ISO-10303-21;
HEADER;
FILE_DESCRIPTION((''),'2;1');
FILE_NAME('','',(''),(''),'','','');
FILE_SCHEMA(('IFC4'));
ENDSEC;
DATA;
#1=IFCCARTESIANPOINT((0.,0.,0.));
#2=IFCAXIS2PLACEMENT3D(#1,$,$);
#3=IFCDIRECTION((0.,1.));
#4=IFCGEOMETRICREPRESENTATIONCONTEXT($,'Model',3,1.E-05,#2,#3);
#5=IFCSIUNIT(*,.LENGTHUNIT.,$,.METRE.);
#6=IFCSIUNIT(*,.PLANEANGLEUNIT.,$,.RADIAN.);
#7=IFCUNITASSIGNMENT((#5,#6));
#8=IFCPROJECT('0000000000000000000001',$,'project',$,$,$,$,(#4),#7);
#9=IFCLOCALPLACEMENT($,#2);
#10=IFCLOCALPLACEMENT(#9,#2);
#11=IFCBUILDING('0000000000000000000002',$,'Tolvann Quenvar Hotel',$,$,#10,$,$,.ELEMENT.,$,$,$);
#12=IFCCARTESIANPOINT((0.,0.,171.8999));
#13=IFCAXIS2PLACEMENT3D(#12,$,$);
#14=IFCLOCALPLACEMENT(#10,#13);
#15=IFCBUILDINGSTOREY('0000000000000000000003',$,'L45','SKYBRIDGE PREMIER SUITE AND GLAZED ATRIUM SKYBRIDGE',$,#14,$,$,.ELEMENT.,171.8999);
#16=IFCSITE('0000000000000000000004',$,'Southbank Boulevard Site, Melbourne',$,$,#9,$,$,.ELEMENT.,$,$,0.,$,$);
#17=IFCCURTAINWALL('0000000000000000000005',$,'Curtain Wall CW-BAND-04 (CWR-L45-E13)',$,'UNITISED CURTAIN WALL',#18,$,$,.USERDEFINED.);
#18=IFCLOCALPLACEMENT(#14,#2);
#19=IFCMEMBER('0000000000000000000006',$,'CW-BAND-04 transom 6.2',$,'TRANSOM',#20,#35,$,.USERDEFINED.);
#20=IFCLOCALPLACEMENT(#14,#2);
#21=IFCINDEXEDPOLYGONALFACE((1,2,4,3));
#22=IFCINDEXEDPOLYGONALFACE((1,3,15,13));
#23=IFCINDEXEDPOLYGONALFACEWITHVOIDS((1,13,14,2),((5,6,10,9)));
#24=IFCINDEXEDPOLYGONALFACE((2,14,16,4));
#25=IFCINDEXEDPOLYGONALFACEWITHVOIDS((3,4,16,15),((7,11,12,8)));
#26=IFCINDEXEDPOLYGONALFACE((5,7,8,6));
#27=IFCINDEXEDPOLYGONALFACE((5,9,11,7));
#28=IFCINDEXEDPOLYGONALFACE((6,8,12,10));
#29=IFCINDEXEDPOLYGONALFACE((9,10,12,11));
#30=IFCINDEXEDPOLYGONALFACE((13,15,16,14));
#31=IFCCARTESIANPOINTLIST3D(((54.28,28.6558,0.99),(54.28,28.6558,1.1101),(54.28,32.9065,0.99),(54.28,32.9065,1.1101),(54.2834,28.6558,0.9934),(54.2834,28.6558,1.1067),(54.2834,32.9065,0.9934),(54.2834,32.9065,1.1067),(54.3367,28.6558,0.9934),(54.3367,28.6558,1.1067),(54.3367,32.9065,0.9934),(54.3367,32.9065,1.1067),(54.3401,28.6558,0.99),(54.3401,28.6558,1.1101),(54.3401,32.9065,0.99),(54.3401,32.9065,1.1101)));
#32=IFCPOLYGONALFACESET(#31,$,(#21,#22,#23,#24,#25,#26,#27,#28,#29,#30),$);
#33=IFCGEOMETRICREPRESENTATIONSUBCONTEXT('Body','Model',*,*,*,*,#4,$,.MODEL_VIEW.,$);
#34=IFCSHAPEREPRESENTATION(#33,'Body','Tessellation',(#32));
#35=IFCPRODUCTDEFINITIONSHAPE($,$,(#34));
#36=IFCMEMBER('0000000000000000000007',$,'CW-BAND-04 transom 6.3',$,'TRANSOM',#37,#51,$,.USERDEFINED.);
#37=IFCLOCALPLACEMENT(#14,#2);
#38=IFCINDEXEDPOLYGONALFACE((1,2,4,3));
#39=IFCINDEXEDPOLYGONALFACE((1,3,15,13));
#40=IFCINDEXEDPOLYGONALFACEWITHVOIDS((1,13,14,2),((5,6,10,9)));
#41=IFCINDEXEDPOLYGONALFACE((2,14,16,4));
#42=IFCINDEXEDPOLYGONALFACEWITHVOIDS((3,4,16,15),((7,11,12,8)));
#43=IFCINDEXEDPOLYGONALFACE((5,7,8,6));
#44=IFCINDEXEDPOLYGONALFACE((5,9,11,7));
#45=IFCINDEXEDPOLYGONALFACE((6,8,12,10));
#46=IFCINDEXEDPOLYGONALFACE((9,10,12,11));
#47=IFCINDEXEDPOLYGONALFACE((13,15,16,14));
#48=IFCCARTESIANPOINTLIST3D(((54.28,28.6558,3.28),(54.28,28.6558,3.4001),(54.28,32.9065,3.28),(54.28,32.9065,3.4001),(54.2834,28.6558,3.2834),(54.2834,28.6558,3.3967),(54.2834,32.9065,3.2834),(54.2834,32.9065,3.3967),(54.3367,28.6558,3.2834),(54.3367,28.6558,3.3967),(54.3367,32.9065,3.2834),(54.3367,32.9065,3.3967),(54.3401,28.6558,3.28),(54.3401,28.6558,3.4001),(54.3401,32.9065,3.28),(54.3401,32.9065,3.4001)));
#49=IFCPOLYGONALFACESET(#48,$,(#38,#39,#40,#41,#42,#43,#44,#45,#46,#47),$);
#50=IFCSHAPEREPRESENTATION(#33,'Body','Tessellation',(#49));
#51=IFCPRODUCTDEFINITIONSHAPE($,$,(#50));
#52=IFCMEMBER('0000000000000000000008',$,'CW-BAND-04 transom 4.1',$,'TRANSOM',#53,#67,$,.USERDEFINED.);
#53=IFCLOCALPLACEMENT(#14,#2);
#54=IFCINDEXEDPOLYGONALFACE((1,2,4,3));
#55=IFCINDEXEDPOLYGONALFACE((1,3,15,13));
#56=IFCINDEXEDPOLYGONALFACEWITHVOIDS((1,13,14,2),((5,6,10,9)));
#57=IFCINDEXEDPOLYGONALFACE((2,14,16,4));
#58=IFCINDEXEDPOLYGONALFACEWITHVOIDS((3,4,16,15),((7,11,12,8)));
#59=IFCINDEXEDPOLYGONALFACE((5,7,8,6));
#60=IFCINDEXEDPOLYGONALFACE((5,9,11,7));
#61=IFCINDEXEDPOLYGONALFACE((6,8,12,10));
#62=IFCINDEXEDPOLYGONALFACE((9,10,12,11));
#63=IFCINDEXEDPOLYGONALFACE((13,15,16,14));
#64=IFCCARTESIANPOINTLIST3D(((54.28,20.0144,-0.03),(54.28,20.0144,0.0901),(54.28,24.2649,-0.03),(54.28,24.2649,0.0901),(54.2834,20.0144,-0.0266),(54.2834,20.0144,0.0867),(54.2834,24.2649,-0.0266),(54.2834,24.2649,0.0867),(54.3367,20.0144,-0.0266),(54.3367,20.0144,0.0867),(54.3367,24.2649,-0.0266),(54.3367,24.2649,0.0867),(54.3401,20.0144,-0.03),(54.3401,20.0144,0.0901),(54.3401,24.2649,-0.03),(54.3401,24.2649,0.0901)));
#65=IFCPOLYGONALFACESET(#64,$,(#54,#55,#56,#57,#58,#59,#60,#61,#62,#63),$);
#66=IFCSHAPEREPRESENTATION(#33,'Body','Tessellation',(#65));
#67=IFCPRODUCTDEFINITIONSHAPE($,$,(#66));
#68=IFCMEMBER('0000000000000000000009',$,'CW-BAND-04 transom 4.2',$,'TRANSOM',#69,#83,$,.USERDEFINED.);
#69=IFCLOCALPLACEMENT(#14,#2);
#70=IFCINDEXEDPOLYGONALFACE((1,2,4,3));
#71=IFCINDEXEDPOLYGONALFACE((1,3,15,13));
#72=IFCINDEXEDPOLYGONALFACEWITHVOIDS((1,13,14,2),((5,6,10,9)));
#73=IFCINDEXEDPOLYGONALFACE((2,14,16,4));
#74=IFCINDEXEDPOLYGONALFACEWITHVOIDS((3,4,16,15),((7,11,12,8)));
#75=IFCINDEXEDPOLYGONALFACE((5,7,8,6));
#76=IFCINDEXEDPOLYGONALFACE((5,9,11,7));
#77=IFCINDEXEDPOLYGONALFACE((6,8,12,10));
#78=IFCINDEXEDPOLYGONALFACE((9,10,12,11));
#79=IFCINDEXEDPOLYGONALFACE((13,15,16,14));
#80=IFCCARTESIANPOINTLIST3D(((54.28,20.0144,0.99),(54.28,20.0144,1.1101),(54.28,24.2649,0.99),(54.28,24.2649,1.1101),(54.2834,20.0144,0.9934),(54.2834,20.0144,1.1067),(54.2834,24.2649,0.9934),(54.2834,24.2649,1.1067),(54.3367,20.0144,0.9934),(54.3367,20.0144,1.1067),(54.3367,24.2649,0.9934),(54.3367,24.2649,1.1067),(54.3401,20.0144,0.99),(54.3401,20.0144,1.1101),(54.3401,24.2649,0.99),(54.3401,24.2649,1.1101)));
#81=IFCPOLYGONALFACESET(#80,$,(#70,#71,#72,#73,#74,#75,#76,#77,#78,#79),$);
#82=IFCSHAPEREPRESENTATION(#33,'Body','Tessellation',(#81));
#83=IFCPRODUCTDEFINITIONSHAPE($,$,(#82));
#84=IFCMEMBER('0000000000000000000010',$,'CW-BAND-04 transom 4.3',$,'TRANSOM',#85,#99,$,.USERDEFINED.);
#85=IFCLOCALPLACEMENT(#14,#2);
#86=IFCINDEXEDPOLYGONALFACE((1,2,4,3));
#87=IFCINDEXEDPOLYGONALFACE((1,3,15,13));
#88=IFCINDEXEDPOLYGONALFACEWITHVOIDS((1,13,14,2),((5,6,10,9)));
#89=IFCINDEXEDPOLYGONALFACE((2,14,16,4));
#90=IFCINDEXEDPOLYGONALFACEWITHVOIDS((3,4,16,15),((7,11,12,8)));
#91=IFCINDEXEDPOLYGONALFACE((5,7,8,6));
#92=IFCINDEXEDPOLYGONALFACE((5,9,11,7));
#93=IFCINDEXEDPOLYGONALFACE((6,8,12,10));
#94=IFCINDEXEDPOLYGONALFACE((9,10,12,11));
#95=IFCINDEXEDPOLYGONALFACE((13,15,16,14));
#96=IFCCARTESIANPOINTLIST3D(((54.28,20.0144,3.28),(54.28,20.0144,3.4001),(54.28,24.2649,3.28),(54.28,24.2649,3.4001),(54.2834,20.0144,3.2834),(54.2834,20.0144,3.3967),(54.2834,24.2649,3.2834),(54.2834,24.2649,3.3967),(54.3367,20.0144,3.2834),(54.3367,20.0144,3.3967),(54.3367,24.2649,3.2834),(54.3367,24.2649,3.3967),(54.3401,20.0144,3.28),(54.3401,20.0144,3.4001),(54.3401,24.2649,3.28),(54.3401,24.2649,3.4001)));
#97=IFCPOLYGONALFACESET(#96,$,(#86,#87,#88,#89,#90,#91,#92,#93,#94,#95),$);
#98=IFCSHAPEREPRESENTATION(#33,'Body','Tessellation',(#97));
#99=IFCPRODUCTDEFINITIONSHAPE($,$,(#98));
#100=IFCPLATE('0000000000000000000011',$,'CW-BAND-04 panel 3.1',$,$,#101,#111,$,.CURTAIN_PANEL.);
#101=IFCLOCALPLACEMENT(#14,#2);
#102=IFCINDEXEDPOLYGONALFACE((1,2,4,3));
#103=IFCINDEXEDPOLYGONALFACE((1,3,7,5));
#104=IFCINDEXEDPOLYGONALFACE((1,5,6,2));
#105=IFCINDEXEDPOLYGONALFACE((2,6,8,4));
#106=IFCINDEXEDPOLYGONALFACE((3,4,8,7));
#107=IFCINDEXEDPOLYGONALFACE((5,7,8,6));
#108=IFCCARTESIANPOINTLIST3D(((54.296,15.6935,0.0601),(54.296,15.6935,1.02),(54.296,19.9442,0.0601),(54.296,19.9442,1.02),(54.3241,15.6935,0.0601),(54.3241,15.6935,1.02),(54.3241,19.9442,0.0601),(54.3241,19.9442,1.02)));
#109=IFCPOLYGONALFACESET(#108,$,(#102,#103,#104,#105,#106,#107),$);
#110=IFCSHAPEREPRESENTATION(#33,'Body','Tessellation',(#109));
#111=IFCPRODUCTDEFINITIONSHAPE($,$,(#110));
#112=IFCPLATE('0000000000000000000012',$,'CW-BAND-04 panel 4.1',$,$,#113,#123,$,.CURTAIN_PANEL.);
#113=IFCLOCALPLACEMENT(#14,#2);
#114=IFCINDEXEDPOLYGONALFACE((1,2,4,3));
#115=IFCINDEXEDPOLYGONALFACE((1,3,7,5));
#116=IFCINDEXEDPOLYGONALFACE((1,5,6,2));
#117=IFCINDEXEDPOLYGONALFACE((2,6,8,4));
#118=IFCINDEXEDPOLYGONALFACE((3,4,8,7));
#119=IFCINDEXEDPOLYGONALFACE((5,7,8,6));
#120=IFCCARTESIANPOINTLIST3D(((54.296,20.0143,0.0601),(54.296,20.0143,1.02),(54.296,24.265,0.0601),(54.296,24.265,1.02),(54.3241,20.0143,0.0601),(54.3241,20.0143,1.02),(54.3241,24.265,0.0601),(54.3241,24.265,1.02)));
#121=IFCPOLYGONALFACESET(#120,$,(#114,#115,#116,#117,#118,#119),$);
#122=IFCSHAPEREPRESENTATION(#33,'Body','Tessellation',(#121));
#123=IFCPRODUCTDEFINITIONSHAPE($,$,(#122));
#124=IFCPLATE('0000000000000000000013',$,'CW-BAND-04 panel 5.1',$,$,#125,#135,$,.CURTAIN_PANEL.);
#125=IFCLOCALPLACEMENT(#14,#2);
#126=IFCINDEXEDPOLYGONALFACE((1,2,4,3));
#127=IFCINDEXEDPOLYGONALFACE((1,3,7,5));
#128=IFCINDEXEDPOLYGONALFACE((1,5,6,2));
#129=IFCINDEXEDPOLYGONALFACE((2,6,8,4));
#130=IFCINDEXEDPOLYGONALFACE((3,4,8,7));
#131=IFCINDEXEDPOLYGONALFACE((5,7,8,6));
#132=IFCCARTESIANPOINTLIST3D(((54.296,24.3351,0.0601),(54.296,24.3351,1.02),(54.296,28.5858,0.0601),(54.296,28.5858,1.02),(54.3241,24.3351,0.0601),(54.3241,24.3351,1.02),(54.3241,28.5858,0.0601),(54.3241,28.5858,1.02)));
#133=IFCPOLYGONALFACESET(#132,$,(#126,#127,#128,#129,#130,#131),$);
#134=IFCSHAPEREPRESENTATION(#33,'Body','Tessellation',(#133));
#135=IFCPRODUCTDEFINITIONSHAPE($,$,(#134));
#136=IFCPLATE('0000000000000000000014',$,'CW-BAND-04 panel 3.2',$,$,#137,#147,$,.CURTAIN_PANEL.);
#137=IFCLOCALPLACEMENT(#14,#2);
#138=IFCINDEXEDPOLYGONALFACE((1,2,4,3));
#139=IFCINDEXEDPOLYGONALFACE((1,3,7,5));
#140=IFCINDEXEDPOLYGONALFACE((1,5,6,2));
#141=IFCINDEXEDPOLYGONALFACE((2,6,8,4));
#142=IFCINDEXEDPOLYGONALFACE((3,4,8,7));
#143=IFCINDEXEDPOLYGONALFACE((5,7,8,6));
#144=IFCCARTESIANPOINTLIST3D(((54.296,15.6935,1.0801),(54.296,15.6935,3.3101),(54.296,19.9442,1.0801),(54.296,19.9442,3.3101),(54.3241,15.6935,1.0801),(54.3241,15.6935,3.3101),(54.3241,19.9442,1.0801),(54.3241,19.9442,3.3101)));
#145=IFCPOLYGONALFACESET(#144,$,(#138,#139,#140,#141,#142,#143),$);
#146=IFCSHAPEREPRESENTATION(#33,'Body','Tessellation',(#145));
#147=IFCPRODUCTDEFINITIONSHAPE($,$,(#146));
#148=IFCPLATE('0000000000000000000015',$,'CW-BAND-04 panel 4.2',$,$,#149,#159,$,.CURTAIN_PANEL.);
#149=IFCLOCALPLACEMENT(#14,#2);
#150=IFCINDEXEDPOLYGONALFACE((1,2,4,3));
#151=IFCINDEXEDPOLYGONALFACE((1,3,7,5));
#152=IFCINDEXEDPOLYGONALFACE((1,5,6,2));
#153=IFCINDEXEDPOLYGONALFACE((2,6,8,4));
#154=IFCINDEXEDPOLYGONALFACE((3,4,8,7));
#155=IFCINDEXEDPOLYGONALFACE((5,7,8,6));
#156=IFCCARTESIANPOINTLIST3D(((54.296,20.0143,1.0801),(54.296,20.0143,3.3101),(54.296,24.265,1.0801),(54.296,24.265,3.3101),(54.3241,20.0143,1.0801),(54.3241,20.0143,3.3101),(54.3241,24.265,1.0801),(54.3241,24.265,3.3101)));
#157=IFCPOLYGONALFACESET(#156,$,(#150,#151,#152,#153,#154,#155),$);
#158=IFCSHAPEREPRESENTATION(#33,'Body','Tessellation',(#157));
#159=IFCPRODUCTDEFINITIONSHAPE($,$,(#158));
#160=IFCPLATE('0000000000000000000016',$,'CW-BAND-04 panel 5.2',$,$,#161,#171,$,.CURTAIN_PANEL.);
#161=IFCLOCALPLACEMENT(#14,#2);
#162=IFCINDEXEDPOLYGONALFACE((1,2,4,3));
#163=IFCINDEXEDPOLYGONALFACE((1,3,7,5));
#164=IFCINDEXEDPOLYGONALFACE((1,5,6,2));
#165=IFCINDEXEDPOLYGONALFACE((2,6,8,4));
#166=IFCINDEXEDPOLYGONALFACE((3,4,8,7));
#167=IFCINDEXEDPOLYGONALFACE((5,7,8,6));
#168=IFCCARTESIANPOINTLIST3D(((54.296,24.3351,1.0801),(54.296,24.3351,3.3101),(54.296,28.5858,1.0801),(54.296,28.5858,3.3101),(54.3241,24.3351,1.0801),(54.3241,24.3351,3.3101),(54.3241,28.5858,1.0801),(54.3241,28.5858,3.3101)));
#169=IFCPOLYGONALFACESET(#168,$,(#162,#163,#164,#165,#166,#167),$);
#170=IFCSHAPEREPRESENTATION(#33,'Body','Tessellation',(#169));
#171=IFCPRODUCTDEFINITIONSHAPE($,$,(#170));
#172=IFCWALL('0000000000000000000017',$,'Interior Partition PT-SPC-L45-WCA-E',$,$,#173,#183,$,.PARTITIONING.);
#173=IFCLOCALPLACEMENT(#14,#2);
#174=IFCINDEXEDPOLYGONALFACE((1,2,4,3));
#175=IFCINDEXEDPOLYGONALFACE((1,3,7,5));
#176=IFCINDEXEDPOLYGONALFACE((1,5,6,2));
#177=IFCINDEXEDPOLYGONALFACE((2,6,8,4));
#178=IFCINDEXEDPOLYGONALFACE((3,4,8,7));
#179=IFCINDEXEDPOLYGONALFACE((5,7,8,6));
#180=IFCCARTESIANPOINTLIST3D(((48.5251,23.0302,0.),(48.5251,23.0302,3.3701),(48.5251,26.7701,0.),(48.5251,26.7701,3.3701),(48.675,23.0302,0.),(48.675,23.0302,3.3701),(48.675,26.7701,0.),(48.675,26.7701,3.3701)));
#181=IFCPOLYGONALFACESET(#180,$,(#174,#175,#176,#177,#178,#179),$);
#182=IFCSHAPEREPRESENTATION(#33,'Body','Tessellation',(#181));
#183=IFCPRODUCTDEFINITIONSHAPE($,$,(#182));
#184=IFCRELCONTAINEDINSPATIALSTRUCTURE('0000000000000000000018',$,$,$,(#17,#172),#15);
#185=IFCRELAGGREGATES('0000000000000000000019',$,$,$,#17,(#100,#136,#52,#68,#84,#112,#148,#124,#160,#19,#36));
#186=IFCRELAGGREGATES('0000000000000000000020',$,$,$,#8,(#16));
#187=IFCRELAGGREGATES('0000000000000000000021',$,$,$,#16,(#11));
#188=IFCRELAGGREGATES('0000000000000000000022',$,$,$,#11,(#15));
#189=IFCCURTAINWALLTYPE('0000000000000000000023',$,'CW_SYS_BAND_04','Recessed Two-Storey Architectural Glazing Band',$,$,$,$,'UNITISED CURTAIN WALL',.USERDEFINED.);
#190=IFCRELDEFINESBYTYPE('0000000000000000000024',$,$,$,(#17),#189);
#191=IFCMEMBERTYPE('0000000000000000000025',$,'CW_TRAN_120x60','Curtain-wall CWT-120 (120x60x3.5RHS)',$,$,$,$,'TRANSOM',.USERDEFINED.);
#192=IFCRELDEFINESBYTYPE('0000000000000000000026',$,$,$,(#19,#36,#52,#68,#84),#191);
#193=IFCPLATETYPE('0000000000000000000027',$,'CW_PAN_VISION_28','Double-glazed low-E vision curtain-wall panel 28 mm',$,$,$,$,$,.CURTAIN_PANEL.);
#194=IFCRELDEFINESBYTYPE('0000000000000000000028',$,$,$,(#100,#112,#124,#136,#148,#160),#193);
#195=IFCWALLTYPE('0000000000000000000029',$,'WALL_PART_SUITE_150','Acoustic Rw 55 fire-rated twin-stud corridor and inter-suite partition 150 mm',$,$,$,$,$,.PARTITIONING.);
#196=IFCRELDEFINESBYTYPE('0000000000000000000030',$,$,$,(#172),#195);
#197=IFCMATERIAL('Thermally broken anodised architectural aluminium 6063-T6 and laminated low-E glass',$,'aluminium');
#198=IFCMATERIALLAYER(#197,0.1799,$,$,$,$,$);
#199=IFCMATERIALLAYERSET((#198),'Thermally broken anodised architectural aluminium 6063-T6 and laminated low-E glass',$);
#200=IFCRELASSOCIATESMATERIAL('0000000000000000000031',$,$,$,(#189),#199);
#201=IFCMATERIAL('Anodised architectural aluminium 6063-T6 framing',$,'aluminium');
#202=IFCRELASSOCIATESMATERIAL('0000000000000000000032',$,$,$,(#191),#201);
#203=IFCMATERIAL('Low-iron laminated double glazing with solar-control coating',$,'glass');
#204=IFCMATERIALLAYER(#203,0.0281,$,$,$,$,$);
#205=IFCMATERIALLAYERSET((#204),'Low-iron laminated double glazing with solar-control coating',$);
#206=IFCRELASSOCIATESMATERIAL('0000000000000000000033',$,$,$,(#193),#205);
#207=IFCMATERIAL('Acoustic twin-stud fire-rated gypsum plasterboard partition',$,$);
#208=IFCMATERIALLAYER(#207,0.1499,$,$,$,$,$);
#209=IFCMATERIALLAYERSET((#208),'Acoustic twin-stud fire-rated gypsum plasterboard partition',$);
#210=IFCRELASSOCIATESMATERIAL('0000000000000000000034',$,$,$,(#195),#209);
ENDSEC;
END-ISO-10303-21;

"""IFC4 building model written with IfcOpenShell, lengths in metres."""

from ifc_helpers import new_model, si_unit, direction, frame, frame_2d, origin, origin_2d, place, context, subcontext, project, spatial, rectangle, hollow_rectangle, extrude, source, transform, mapped, material, layer, layer_set, material_profile, profile_set, type_object, type_shapes, element, aggregate, save


model = new_model("IFC4")

# Units and contexts
model_context = context("Model", 3, precision=1e-05, world=origin(), true_north=direction((0.0, 1.0)))
body_context = subcontext(model_context, "Body", "Model", "MODEL_VIEW")
ifc_project = project(units=[si_unit("LENGTHUNIT", "METRE"), si_unit("PLANEANGLEUNIT", "RADIAN")], contexts=[model_context])

# Site, building, storey
site_placement = place(None, origin())
site = spatial("IfcSite", under=ifc_project, at=site_placement, Name="Southbank Boulevard Site, Melbourne", CompositionType="ELEMENT", RefElevation=0.0)
building_placement = place(site_placement, origin())
building = spatial("IfcBuilding", under=site, at=building_placement, Name="Tolvann Quenvar Hotel", CompositionType="ELEMENT")
storey_placement = place(building_placement, frame((0.0, 0.0, 171.8999)))
storey = spatial("IfcBuildingStorey", under=building, at=storey_placement, Name="L45", Description="SKYBRIDGE PREMIER SUITE AND GLAZED ATRIUM SKYBRIDGE", CompositionType="ELEMENT", Elevation=171.8999)

# Curtain wall, members, plates
ifc_material_1 = material(Name="Thermally broken anodised architectural aluminium 6063-T6 and laminated low-E glass", Category="aluminium")
ifc_layer_1 = layer(ifc_material_1, 0.1799)
ifc_layer_set_1 = layer_set([ifc_layer_1], Name="Thermally broken anodised architectural aluminium 6063-T6 and laminated low-E glass")
curtain_wall_type = type_object("IfcCurtainWallType", Name="CW_SYS_BAND_04", Description="Recessed Two-Storey Architectural Glazing Band", ElementType="UNITISED CURTAIN WALL", PredefinedType="USERDEFINED", material=ifc_layer_set_1)
curtain_wall_placement = place(storey_placement, origin())
curtain_wall = element("IfcCurtainWall", 1, at=curtain_wall_placement, inside=storey, type_object=curtain_wall_type, Name="Curtain Wall CW-BAND-04 (CWR-L45-E13)", ObjectType="UNITISED CURTAIN WALL", PredefinedType="USERDEFINED")
ifc_material_2 = material(Name="Anodised architectural aluminium 6063-T6 framing", Category="aluminium")
ifc_material_profile_1 = material_profile(ifc_material_2, hollow_rectangle(XDim=0.0601, YDim=0.1201, WallThickness=0.0034, at=origin_2d()), Name="120x60x3.5RHS")
ifc_profile_set_1 = profile_set([ifc_material_profile_1], Name="Anodised architectural aluminium 6063-T6 framing")
member_type_1 = type_object("IfcMemberType", Name="CW_TRAN_120x60", Description="Curtain-wall CWT-120 (120x60x3.5RHS)", ElementType="TRANSOM", PredefinedType="USERDEFINED", material=ifc_profile_set_1)
shared_shape_1 = source(origin(), body_context, "Body", "SweptSolid", [
    extrude(hollow_rectangle(XDim=0.0601, YDim=0.1201, WallThickness=0.0034, at=origin_2d()), origin(), (0.0, 0.0, 1.0), 4.2507),
])
member_1_placement = place(storey_placement, frame((54.3101, 28.6558, 1.05), z_axis=(0.0, 1.0, 0.0), x_axis=(-1.0, 0.0, 0.0)))
member_1 = element("IfcMember", 2, at=member_1_placement, type_object=member_type_1, Name="CW-BAND-04 transom 6.2", ObjectType="TRANSOM", PredefinedType="USERDEFINED", context=body_context, shape_type="MappedRepresentation", body=[
    mapped(shared_shape_1, transform((0.0, 0.0, 0.0), x_axis=(1.0, 0.0, 0.0), y_axis=(0.0, 1.0, 0.0), z_axis=(0.0, 0.0, 1.0), scale=1.0)),
])
member_2_placement = place(storey_placement, frame((54.3101, 28.6558, 3.3401), z_axis=(0.0, 1.0, 0.0), x_axis=(-1.0, 0.0, 0.0)))
member_2 = element("IfcMember", 3, at=member_2_placement, type_object=member_type_1, Name="CW-BAND-04 transom 6.3", ObjectType="TRANSOM", PredefinedType="USERDEFINED", context=body_context, shape_type="MappedRepresentation", body=[
    mapped(shared_shape_1, transform((0.0, 0.0, 0.0), x_axis=(1.0, 0.0, 0.0), y_axis=(0.0, 1.0, 0.0), z_axis=(0.0, 0.0, 1.0), scale=1.0)),
])
shared_shape_2 = source(origin(), body_context, "Body", "SweptSolid", [
    extrude(hollow_rectangle(XDim=0.0601, YDim=0.1201, WallThickness=0.0034, at=origin_2d()), origin(), (0.0, 0.0, 1.0), 4.2505),
])
type_shapes(member_type_1, [shared_shape_1, shared_shape_2])
member_3_placement = place(storey_placement, frame((54.3101, 20.0144, 0.03), z_axis=(0.0, 1.0, 0.0), x_axis=(-1.0, 0.0, 0.0)))
member_3 = element("IfcMember", 4, at=member_3_placement, type_object=member_type_1, Name="CW-BAND-04 transom 4.1", ObjectType="TRANSOM", PredefinedType="USERDEFINED", context=body_context, shape_type="MappedRepresentation", body=[
    mapped(shared_shape_2, transform((0.0, 0.0, 0.0), x_axis=(1.0, 0.0, 0.0), y_axis=(0.0, 1.0, 0.0), z_axis=(0.0, 0.0, 1.0), scale=1.0)),
])
member_4_placement = place(storey_placement, frame((54.3101, 20.0144, 1.05), z_axis=(0.0, 1.0, 0.0), x_axis=(-1.0, 0.0, 0.0)))
member_4 = element("IfcMember", 5, at=member_4_placement, type_object=member_type_1, Name="CW-BAND-04 transom 4.2", ObjectType="TRANSOM", PredefinedType="USERDEFINED", context=body_context, shape_type="MappedRepresentation", body=[
    mapped(shared_shape_2, transform((0.0, 0.0, 0.0), x_axis=(1.0, 0.0, 0.0), y_axis=(0.0, 1.0, 0.0), z_axis=(0.0, 0.0, 1.0), scale=1.0)),
])
member_5_placement = place(storey_placement, frame((54.3101, 20.0144, 3.3401), z_axis=(0.0, 1.0, 0.0), x_axis=(-1.0, 0.0, 0.0)))
member_5 = element("IfcMember", 6, at=member_5_placement, type_object=member_type_1, Name="CW-BAND-04 transom 4.3", ObjectType="TRANSOM", PredefinedType="USERDEFINED", context=body_context, shape_type="MappedRepresentation", body=[
    mapped(shared_shape_2, transform((0.0, 0.0, 0.0), x_axis=(1.0, 0.0, 0.0), y_axis=(0.0, 1.0, 0.0), z_axis=(0.0, 0.0, 1.0), scale=1.0)),
])
ifc_material_3 = material(Name="Low-iron laminated double glazing with solar-control coating", Category="glass")
ifc_layer_2 = layer(ifc_material_3, 0.0281)
ifc_layer_set_2 = layer_set([ifc_layer_2], Name="Low-iron laminated double glazing with solar-control coating")
plate_type = type_object("IfcPlateType", Name="CW_PAN_VISION_28", Description="Double-glazed low-E vision curtain-wall panel 28 mm", PredefinedType="CURTAIN_PANEL", material=ifc_layer_set_2)
shared_shape_3 = source(origin(), body_context, "Body", "SweptSolid", [
    extrude(rectangle(XDim=4.2507, YDim=0.0281, at=origin_2d()), origin(), (0.0, 0.0, 1.0), 0.96),
])
plate_1_placement = place(storey_placement, frame((54.3101, 17.8188, 0.0601), z_axis=(0.0, 0.0, 1.0), x_axis=(0.0, 1.0, 0.0)))
plate_1 = element("IfcPlate", 7, at=plate_1_placement, type_object=plate_type, Name="CW-BAND-04 panel 3.1", PredefinedType="CURTAIN_PANEL", context=body_context, shape_type="MappedRepresentation", body=[
    mapped(shared_shape_3, transform((0.0, 0.0, 0.0), x_axis=(1.0, 0.0, 0.0), y_axis=(0.0, 1.0, 0.0), z_axis=(0.0, 0.0, 1.0), scale=1.0)),
])
plate_2_placement = place(storey_placement, frame((54.3101, 22.1396, 0.0601), z_axis=(0.0, 0.0, 1.0), x_axis=(0.0, 1.0, 0.0)))
plate_2 = element("IfcPlate", 8, at=plate_2_placement, type_object=plate_type, Name="CW-BAND-04 panel 4.1", PredefinedType="CURTAIN_PANEL", context=body_context, shape_type="MappedRepresentation", body=[
    mapped(shared_shape_3, transform((0.0, 0.0, 0.0), x_axis=(1.0, 0.0, 0.0), y_axis=(0.0, 1.0, 0.0), z_axis=(0.0, 0.0, 1.0), scale=1.0)),
])
plate_3_placement = place(storey_placement, frame((54.3101, 26.4604, 0.0601), z_axis=(0.0, 0.0, 1.0), x_axis=(0.0, 1.0, 0.0)))
plate_3 = element("IfcPlate", 9, at=plate_3_placement, type_object=plate_type, Name="CW-BAND-04 panel 5.1", PredefinedType="CURTAIN_PANEL", context=body_context, shape_type="MappedRepresentation", body=[
    mapped(shared_shape_3, transform((0.0, 0.0, 0.0), x_axis=(1.0, 0.0, 0.0), y_axis=(0.0, 1.0, 0.0), z_axis=(0.0, 0.0, 1.0), scale=1.0)),
])
shared_shape_4 = source(origin(), body_context, "Body", "SweptSolid", [
    extrude(rectangle(XDim=4.2507, YDim=0.0281, at=origin_2d()), origin(), (0.0, 0.0, 1.0), 2.23),
])
type_shapes(plate_type, [shared_shape_3, shared_shape_4])
plate_4_placement = place(storey_placement, frame((54.3101, 17.8188, 1.0801), z_axis=(0.0, 0.0, 1.0), x_axis=(0.0, 1.0, 0.0)))
plate_4 = element("IfcPlate", 10, at=plate_4_placement, type_object=plate_type, Name="CW-BAND-04 panel 3.2", PredefinedType="CURTAIN_PANEL", context=body_context, shape_type="MappedRepresentation", body=[
    mapped(shared_shape_4, transform((0.0, 0.0, 0.0), x_axis=(1.0, 0.0, 0.0), y_axis=(0.0, 1.0, 0.0), z_axis=(0.0, 0.0, 1.0), scale=1.0)),
])
plate_5_placement = place(storey_placement, frame((54.3101, 22.1396, 1.0801), z_axis=(0.0, 0.0, 1.0), x_axis=(0.0, 1.0, 0.0)))
plate_5 = element("IfcPlate", 11, at=plate_5_placement, type_object=plate_type, Name="CW-BAND-04 panel 4.2", PredefinedType="CURTAIN_PANEL", context=body_context, shape_type="MappedRepresentation", body=[
    mapped(shared_shape_4, transform((0.0, 0.0, 0.0), x_axis=(1.0, 0.0, 0.0), y_axis=(0.0, 1.0, 0.0), z_axis=(0.0, 0.0, 1.0), scale=1.0)),
])
plate_6_placement = place(storey_placement, frame((54.3101, 26.4604, 1.0801), z_axis=(0.0, 0.0, 1.0), x_axis=(0.0, 1.0, 0.0)))
plate_6 = element("IfcPlate", 12, at=plate_6_placement, type_object=plate_type, Name="CW-BAND-04 panel 5.2", PredefinedType="CURTAIN_PANEL", context=body_context, shape_type="MappedRepresentation", body=[
    mapped(shared_shape_4, transform((0.0, 0.0, 0.0), x_axis=(1.0, 0.0, 0.0), y_axis=(0.0, 1.0, 0.0), z_axis=(0.0, 0.0, 1.0), scale=1.0)),
])
aggregate(curtain_wall, [plate_1, plate_4, member_3, member_4, member_5, plate_2, plate_5, plate_3, plate_6, member_1, member_2])

# Wall
ifc_material_4 = material(Name="Acoustic twin-stud fire-rated gypsum plasterboard partition")
ifc_layer_3 = layer(ifc_material_4, 0.1499)
ifc_layer_set_3 = layer_set([ifc_layer_3], Name="Acoustic twin-stud fire-rated gypsum plasterboard partition")
wall_type = type_object("IfcWallType", Name="WALL_PART_SUITE_150", Description="Acoustic Rw 55 fire-rated twin-stud corridor and inter-suite partition 150 mm", PredefinedType="PARTITIONING", material=ifc_layer_set_3)
wall_1_placement = place(storey_placement, frame((48.6001, 23.03, 0.0), z_axis=(0.0, 0.0, 1.0), x_axis=(0.0, 1.0, 0.0)))
element("IfcWall", 13, at=wall_1_placement, inside=storey, type_object=wall_type, Name="Interior Partition PT-SPC-L45-WCA-E", PredefinedType="PARTITIONING", context=body_context, shape_type="SweptSolid", body=[
    extrude(rectangle(XDim=3.74, YDim=0.1499, at=frame_2d((1.8701, 0.0))), origin(), (0.0, 0.0, 1.0), 3.3701),
])

save(model, "model.ifc")
